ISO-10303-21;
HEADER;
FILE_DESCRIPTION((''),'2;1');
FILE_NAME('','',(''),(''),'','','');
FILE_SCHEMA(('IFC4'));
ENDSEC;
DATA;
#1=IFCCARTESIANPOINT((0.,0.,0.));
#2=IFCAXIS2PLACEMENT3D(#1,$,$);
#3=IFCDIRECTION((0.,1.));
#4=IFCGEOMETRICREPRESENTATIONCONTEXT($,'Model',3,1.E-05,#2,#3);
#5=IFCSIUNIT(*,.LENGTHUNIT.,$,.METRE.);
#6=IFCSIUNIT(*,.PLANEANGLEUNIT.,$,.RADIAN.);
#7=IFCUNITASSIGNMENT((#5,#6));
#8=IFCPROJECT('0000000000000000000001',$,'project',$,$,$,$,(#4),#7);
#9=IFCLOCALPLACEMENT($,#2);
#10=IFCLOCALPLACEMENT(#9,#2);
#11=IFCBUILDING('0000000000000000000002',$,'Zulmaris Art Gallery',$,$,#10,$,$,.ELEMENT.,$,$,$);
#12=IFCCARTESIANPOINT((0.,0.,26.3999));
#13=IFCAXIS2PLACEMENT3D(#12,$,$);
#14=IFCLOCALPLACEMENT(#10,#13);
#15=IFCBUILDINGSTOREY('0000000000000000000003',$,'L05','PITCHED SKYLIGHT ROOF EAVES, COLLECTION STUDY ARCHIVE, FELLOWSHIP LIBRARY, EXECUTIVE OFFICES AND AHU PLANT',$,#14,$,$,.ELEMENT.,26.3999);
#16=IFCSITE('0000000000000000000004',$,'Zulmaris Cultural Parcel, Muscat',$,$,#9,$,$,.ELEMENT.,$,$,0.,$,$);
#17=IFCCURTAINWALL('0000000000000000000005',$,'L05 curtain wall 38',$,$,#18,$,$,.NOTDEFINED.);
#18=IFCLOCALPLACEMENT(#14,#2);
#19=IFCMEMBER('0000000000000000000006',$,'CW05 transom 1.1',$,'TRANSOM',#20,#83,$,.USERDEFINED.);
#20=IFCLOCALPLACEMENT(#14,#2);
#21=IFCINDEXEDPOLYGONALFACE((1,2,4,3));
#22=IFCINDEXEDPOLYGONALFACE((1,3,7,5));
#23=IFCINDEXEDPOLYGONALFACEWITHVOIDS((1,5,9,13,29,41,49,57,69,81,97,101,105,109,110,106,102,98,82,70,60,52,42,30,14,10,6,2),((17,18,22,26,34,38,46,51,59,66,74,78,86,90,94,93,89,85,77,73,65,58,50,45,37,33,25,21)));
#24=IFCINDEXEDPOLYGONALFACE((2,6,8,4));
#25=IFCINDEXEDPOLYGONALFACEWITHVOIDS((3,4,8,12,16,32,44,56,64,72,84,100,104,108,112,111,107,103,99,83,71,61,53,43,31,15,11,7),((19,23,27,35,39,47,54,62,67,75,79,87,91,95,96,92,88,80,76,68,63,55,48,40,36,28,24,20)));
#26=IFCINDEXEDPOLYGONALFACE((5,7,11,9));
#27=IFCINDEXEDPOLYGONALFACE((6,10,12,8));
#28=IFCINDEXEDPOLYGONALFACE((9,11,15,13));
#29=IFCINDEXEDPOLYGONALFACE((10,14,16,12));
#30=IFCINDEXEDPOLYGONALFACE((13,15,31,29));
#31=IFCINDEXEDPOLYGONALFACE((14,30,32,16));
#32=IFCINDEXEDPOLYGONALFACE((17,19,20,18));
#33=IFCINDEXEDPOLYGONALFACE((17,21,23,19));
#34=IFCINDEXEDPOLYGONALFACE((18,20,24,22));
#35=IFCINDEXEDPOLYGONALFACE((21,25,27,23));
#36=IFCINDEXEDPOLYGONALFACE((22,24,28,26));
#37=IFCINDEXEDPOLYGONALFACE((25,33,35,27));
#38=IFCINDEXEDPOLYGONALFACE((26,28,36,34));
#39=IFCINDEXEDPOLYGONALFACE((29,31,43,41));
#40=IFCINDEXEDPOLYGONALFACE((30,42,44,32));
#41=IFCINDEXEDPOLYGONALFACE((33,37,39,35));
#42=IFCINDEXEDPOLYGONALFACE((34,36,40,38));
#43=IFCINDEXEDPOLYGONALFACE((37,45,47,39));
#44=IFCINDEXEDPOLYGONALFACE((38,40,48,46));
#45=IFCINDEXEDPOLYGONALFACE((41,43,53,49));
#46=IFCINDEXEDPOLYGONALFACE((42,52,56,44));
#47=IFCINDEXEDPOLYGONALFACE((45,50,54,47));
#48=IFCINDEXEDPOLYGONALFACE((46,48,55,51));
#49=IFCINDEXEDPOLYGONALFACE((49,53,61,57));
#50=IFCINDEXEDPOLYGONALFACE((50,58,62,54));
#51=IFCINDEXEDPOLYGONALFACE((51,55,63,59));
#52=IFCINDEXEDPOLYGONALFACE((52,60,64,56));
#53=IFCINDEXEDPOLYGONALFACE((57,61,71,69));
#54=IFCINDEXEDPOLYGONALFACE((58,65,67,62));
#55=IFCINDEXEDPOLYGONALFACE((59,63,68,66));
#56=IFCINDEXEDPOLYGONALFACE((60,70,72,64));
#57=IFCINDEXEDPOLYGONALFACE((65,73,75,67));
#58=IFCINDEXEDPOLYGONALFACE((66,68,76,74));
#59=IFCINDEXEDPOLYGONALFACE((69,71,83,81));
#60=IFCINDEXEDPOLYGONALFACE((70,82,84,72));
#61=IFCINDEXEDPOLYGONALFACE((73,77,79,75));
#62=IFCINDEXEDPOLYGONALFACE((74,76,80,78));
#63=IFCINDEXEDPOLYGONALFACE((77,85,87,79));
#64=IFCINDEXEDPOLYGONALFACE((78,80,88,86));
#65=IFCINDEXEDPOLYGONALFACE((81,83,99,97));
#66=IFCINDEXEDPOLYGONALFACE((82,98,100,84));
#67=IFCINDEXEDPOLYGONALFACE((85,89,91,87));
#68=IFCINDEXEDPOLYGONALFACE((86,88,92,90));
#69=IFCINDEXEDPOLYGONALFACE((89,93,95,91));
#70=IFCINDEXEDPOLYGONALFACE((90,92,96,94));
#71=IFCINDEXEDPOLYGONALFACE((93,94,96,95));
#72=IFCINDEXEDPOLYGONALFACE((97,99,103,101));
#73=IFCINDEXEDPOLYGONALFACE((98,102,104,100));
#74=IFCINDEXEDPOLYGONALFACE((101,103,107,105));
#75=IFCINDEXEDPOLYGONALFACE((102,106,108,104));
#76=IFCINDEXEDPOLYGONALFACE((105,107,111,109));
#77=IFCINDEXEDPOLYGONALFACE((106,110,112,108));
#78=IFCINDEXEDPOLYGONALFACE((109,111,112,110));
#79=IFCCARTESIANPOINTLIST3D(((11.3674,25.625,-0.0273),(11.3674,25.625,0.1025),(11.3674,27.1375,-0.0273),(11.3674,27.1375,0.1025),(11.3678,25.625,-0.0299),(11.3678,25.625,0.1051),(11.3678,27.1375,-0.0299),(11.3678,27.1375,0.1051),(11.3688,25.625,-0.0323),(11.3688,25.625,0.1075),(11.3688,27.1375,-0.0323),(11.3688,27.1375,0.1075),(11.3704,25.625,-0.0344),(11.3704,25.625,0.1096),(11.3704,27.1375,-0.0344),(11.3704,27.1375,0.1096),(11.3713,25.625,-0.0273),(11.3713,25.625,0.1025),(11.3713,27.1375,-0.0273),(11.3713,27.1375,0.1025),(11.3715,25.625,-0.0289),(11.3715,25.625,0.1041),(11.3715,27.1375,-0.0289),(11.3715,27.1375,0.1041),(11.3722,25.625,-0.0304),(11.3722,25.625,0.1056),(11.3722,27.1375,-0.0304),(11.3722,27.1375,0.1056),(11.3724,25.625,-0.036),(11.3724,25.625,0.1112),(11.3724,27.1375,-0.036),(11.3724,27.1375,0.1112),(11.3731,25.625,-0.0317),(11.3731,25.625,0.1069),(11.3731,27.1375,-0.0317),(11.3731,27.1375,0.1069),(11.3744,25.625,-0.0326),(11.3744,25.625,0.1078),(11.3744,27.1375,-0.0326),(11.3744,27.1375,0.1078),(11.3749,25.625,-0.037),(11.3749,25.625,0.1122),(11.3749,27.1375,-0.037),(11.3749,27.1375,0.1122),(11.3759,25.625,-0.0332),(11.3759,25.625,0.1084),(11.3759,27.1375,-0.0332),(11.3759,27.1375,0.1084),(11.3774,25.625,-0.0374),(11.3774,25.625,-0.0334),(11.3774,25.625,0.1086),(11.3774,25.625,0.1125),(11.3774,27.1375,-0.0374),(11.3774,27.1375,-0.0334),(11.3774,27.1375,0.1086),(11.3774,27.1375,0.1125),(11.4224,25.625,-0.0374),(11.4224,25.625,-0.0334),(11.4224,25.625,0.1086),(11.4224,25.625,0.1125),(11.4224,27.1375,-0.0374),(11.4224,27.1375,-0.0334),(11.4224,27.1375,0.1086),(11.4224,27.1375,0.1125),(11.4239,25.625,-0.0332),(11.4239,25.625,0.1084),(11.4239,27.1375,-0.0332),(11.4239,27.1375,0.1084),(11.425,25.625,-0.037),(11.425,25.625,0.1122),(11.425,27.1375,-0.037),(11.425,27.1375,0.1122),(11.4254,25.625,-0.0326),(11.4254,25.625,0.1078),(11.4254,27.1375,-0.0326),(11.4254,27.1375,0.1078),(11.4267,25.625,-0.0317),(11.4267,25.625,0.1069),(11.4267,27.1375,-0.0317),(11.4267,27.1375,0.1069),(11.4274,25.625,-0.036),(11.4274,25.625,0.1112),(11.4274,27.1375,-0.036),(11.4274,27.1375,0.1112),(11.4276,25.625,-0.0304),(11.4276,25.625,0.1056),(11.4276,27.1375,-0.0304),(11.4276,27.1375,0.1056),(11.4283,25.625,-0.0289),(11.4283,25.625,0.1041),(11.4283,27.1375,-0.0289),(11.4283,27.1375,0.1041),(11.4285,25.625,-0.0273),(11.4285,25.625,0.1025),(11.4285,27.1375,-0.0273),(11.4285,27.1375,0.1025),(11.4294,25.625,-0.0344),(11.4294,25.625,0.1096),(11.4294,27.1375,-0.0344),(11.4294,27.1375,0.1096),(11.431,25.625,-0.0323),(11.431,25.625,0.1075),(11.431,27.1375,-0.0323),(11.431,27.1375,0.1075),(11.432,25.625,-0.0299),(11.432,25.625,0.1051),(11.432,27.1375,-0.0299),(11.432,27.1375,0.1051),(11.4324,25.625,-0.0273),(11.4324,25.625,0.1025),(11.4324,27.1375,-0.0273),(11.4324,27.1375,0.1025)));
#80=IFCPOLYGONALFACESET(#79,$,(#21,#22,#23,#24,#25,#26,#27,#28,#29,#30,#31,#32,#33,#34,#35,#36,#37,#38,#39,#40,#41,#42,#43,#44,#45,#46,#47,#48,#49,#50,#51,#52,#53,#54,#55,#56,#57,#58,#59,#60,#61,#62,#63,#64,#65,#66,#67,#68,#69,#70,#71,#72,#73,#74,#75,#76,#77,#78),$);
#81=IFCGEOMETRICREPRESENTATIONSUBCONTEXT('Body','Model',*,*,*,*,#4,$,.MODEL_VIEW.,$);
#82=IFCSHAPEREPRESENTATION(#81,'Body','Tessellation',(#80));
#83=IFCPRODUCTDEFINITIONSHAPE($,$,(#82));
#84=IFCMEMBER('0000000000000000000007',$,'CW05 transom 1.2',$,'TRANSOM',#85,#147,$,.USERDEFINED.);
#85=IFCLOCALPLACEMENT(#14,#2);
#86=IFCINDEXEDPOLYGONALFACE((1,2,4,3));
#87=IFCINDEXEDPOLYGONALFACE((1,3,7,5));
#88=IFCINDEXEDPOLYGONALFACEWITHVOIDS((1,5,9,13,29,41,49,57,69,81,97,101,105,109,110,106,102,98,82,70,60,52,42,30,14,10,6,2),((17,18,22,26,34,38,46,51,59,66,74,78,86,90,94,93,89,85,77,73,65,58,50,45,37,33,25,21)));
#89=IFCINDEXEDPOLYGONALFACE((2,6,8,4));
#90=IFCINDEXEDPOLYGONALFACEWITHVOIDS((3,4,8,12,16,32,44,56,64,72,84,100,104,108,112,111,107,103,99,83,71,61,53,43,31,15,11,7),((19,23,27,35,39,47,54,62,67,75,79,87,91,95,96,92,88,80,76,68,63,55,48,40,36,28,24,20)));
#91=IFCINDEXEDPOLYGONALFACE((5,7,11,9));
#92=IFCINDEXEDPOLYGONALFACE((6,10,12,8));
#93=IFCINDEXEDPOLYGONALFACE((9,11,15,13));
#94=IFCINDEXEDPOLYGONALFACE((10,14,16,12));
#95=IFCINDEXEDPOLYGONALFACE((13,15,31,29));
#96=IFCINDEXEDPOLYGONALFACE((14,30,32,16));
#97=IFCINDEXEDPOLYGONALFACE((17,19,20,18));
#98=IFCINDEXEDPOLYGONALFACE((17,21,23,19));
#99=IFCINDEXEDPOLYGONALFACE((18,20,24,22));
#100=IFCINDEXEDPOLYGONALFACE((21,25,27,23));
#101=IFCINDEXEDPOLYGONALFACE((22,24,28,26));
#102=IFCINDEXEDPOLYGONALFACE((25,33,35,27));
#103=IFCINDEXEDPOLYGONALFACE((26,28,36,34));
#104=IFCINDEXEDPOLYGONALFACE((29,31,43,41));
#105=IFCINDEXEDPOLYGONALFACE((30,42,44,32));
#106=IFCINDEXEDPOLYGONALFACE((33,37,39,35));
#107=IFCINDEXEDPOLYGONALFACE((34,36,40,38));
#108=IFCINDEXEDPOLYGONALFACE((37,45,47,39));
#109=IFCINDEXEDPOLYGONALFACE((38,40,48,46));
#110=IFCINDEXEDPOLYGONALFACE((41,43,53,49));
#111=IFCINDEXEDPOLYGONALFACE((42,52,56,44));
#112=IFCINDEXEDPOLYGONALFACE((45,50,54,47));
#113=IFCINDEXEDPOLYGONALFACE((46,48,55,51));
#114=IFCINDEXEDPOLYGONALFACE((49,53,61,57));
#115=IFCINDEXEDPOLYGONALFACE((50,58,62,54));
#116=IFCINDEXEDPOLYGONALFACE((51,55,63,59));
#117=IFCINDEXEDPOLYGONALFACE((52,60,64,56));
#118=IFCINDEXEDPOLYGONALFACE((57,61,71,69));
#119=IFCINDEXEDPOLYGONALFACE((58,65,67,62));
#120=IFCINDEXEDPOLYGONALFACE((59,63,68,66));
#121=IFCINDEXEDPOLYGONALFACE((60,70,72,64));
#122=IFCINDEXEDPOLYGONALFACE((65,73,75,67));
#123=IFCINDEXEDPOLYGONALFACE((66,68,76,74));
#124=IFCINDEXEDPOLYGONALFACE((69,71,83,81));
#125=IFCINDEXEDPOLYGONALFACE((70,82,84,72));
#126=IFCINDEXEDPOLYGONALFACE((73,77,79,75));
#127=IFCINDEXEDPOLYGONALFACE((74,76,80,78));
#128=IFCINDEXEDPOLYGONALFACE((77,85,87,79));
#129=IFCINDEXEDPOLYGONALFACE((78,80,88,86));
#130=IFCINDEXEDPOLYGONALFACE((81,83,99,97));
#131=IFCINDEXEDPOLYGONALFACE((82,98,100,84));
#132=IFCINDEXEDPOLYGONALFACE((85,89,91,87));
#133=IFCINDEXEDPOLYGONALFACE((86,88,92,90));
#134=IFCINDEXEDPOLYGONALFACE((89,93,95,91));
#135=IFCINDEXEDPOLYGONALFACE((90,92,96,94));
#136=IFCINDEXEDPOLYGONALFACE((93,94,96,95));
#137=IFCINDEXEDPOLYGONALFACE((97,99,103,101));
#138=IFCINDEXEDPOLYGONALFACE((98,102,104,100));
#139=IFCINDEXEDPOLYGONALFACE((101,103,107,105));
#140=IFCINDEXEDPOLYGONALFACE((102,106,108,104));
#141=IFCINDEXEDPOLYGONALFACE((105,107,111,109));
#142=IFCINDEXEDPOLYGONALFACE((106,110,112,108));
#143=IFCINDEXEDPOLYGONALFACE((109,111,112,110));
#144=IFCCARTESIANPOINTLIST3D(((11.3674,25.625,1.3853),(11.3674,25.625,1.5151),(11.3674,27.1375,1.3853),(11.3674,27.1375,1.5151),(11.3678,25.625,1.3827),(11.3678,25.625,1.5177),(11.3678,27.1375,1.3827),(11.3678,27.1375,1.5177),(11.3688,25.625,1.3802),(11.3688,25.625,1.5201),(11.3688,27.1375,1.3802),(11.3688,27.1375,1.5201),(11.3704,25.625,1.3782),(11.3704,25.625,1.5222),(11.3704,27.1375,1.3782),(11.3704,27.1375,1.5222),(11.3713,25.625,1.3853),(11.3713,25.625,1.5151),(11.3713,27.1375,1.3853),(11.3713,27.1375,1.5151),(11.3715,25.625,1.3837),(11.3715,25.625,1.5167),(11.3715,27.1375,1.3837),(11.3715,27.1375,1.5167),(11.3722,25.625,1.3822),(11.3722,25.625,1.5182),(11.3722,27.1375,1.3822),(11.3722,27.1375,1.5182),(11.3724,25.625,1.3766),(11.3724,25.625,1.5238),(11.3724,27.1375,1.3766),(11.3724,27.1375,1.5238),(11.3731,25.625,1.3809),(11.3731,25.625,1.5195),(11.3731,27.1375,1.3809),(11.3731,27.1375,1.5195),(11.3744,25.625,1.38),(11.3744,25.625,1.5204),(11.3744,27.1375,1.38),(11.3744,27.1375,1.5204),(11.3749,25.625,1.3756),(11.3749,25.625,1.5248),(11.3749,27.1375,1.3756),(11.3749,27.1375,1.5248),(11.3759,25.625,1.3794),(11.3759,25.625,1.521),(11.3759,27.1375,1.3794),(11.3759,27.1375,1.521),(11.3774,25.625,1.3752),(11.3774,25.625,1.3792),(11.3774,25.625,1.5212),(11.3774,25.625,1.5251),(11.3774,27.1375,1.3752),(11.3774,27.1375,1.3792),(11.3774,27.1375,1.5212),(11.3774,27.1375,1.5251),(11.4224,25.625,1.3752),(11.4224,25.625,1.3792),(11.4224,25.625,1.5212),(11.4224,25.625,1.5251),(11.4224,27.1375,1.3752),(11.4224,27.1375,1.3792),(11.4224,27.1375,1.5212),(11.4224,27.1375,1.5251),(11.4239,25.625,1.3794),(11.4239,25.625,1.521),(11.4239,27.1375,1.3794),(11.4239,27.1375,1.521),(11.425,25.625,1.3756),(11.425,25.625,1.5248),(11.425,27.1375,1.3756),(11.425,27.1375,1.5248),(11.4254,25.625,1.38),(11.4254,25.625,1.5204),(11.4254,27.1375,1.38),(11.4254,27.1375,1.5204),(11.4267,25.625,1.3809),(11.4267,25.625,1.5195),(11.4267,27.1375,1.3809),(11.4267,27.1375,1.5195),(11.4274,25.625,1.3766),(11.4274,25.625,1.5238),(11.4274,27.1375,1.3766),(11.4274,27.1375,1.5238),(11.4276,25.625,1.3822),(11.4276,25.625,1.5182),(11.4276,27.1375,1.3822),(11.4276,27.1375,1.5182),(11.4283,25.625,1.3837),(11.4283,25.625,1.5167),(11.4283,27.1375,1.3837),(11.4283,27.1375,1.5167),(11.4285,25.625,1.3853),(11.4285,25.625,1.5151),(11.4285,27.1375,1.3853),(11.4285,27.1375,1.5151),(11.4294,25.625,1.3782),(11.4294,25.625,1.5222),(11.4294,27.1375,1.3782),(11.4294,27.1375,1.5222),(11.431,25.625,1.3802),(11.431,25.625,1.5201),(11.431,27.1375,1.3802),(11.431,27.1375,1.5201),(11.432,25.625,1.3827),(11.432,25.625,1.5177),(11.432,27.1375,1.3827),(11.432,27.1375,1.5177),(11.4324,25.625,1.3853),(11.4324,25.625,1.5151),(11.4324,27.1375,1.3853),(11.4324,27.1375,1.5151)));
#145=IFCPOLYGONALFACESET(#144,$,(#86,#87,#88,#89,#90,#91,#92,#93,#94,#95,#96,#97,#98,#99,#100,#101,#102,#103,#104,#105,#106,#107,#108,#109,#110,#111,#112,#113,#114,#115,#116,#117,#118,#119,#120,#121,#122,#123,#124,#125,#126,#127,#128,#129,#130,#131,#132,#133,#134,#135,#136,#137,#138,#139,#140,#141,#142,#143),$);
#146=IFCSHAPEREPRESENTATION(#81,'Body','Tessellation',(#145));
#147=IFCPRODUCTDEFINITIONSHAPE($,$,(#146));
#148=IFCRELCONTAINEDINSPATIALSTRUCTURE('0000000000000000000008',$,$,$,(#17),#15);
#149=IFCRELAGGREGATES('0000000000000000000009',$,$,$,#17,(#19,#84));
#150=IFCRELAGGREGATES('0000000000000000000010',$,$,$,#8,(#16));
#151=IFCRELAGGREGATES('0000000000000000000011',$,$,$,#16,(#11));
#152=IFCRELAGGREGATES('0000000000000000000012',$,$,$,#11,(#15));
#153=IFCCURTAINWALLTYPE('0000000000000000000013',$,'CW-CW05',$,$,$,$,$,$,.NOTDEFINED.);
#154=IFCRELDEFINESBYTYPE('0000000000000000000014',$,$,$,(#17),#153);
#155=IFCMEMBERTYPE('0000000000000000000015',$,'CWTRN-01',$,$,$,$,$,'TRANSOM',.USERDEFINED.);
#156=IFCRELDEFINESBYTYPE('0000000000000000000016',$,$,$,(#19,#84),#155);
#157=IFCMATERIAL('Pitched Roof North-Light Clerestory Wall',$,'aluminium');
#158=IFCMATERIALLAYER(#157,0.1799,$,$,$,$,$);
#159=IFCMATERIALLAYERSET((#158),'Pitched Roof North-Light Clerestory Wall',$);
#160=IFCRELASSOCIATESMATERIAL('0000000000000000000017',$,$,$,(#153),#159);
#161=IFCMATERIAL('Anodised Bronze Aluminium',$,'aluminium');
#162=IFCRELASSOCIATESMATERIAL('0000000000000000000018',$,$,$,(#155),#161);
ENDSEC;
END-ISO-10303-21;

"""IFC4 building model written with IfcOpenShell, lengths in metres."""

from ifc_helpers import new_model, si_unit, direction, frame, origin, origin_2d, place, context, subcontext, project, spatial, hollow_rectangle, extrude, material, layer, layer_set, material_profile, profile_set, type_object, element, aggregate, save


model = new_model("IFC4")

# Units and contexts
model_context = context("Model", 3, precision=1e-05, world=origin(), true_north=direction((0.0, 1.0)))
body_context = subcontext(model_context, "Body", "Model", "MODEL_VIEW")
ifc_project = project(units=[si_unit("LENGTHUNIT", "METRE"), si_unit("PLANEANGLEUNIT", "RADIAN")], contexts=[model_context])

# Site, building, storey
site_placement = place(None, origin())
site = spatial("IfcSite", under=ifc_project, at=site_placement, Name="Zulmaris Cultural Parcel, Muscat", CompositionType="ELEMENT", RefElevation=0.0)
building_placement = place(site_placement, origin())
building = spatial("IfcBuilding", under=site, at=building_placement, Name="Zulmaris Art Gallery", CompositionType="ELEMENT")
storey_placement = place(building_placement, frame((0.0, 0.0, 26.3999)))
storey = spatial("IfcBuildingStorey", under=building, at=storey_placement, Name="L05", Description="PITCHED SKYLIGHT ROOF EAVES, COLLECTION STUDY ARCHIVE, FELLOWSHIP LIBRARY, EXECUTIVE OFFICES AND AHU PLANT", CompositionType="ELEMENT", Elevation=26.3999)

# Curtain wall, members
ifc_material_1 = material(Name="Pitched Roof North-Light Clerestory Wall", Category="aluminium")
ifc_layer_1 = layer(ifc_material_1, 0.1799)
ifc_layer_set_1 = layer_set([ifc_layer_1], Name="Pitched Roof North-Light Clerestory Wall")
curtain_wall_type = type_object("IfcCurtainWallType", Name="CW-CW05", PredefinedType="NOTDEFINED", material=ifc_layer_set_1)
curtain_wall_placement = place(storey_placement, origin())
curtain_wall = element("IfcCurtainWall", 1, at=curtain_wall_placement, inside=storey, type_object=curtain_wall_type, Name="L05 curtain wall 38", PredefinedType="NOTDEFINED")
ifc_material_2 = material(Name="Anodised Bronze Aluminium", Category="aluminium")
ifc_material_profile_1 = material_profile(ifc_material_2, hollow_rectangle(XDim=0.0649, YDim=0.1499, WallThickness=0.0039, InnerFilletRadius=0.0061, OuterFilletRadius=0.01, at=origin_2d()), Name="ALU 65x150x4")
ifc_profile_set_1 = profile_set([ifc_material_profile_1], Name="Anodised Bronze Aluminium")
member_type_1 = type_object("IfcMemberType", Name="CWTRN-01", ElementType="TRANSOM", PredefinedType="USERDEFINED", material=ifc_profile_set_1)
member_1_placement = place(storey_placement, frame((11.3999, 25.625, 0.0376), z_axis=(0.0, 1.0, 0.0), x_axis=(-1.0, 0.0, 0.0)))
member_1 = element("IfcMember", 2, at=member_1_placement, type_object=member_type_1, Name="CW05 transom 1.1", ObjectType="TRANSOM", PredefinedType="USERDEFINED", context=body_context, shape_type="SweptSolid", body=[
    extrude(hollow_rectangle(XDim=0.0649, YDim=0.1499, WallThickness=0.0039, InnerFilletRadius=0.0061, OuterFilletRadius=0.01, at=origin_2d()), origin(), (0.0, 0.0, 1.0), 1.5125),
])
member_2_placement = place(storey_placement, frame((11.3999, 25.625, 1.4502), z_axis=(0.0, 1.0, 0.0), x_axis=(-1.0, 0.0, 0.0)))
member_2 = element("IfcMember", 3, at=member_2_placement, type_object=member_type_1, Name="CW05 transom 1.2", ObjectType="TRANSOM", PredefinedType="USERDEFINED", context=body_context, shape_type="SweptSolid", body=[
    extrude(hollow_rectangle(XDim=0.0649, YDim=0.1499, WallThickness=0.0039, InnerFilletRadius=0.0061, OuterFilletRadius=0.01, at=origin_2d()), origin(), (0.0, 0.0, 1.0), 1.5125),
])

aggregate(curtain_wall, [member_1, member_2])

save(model, "model.ifc")
